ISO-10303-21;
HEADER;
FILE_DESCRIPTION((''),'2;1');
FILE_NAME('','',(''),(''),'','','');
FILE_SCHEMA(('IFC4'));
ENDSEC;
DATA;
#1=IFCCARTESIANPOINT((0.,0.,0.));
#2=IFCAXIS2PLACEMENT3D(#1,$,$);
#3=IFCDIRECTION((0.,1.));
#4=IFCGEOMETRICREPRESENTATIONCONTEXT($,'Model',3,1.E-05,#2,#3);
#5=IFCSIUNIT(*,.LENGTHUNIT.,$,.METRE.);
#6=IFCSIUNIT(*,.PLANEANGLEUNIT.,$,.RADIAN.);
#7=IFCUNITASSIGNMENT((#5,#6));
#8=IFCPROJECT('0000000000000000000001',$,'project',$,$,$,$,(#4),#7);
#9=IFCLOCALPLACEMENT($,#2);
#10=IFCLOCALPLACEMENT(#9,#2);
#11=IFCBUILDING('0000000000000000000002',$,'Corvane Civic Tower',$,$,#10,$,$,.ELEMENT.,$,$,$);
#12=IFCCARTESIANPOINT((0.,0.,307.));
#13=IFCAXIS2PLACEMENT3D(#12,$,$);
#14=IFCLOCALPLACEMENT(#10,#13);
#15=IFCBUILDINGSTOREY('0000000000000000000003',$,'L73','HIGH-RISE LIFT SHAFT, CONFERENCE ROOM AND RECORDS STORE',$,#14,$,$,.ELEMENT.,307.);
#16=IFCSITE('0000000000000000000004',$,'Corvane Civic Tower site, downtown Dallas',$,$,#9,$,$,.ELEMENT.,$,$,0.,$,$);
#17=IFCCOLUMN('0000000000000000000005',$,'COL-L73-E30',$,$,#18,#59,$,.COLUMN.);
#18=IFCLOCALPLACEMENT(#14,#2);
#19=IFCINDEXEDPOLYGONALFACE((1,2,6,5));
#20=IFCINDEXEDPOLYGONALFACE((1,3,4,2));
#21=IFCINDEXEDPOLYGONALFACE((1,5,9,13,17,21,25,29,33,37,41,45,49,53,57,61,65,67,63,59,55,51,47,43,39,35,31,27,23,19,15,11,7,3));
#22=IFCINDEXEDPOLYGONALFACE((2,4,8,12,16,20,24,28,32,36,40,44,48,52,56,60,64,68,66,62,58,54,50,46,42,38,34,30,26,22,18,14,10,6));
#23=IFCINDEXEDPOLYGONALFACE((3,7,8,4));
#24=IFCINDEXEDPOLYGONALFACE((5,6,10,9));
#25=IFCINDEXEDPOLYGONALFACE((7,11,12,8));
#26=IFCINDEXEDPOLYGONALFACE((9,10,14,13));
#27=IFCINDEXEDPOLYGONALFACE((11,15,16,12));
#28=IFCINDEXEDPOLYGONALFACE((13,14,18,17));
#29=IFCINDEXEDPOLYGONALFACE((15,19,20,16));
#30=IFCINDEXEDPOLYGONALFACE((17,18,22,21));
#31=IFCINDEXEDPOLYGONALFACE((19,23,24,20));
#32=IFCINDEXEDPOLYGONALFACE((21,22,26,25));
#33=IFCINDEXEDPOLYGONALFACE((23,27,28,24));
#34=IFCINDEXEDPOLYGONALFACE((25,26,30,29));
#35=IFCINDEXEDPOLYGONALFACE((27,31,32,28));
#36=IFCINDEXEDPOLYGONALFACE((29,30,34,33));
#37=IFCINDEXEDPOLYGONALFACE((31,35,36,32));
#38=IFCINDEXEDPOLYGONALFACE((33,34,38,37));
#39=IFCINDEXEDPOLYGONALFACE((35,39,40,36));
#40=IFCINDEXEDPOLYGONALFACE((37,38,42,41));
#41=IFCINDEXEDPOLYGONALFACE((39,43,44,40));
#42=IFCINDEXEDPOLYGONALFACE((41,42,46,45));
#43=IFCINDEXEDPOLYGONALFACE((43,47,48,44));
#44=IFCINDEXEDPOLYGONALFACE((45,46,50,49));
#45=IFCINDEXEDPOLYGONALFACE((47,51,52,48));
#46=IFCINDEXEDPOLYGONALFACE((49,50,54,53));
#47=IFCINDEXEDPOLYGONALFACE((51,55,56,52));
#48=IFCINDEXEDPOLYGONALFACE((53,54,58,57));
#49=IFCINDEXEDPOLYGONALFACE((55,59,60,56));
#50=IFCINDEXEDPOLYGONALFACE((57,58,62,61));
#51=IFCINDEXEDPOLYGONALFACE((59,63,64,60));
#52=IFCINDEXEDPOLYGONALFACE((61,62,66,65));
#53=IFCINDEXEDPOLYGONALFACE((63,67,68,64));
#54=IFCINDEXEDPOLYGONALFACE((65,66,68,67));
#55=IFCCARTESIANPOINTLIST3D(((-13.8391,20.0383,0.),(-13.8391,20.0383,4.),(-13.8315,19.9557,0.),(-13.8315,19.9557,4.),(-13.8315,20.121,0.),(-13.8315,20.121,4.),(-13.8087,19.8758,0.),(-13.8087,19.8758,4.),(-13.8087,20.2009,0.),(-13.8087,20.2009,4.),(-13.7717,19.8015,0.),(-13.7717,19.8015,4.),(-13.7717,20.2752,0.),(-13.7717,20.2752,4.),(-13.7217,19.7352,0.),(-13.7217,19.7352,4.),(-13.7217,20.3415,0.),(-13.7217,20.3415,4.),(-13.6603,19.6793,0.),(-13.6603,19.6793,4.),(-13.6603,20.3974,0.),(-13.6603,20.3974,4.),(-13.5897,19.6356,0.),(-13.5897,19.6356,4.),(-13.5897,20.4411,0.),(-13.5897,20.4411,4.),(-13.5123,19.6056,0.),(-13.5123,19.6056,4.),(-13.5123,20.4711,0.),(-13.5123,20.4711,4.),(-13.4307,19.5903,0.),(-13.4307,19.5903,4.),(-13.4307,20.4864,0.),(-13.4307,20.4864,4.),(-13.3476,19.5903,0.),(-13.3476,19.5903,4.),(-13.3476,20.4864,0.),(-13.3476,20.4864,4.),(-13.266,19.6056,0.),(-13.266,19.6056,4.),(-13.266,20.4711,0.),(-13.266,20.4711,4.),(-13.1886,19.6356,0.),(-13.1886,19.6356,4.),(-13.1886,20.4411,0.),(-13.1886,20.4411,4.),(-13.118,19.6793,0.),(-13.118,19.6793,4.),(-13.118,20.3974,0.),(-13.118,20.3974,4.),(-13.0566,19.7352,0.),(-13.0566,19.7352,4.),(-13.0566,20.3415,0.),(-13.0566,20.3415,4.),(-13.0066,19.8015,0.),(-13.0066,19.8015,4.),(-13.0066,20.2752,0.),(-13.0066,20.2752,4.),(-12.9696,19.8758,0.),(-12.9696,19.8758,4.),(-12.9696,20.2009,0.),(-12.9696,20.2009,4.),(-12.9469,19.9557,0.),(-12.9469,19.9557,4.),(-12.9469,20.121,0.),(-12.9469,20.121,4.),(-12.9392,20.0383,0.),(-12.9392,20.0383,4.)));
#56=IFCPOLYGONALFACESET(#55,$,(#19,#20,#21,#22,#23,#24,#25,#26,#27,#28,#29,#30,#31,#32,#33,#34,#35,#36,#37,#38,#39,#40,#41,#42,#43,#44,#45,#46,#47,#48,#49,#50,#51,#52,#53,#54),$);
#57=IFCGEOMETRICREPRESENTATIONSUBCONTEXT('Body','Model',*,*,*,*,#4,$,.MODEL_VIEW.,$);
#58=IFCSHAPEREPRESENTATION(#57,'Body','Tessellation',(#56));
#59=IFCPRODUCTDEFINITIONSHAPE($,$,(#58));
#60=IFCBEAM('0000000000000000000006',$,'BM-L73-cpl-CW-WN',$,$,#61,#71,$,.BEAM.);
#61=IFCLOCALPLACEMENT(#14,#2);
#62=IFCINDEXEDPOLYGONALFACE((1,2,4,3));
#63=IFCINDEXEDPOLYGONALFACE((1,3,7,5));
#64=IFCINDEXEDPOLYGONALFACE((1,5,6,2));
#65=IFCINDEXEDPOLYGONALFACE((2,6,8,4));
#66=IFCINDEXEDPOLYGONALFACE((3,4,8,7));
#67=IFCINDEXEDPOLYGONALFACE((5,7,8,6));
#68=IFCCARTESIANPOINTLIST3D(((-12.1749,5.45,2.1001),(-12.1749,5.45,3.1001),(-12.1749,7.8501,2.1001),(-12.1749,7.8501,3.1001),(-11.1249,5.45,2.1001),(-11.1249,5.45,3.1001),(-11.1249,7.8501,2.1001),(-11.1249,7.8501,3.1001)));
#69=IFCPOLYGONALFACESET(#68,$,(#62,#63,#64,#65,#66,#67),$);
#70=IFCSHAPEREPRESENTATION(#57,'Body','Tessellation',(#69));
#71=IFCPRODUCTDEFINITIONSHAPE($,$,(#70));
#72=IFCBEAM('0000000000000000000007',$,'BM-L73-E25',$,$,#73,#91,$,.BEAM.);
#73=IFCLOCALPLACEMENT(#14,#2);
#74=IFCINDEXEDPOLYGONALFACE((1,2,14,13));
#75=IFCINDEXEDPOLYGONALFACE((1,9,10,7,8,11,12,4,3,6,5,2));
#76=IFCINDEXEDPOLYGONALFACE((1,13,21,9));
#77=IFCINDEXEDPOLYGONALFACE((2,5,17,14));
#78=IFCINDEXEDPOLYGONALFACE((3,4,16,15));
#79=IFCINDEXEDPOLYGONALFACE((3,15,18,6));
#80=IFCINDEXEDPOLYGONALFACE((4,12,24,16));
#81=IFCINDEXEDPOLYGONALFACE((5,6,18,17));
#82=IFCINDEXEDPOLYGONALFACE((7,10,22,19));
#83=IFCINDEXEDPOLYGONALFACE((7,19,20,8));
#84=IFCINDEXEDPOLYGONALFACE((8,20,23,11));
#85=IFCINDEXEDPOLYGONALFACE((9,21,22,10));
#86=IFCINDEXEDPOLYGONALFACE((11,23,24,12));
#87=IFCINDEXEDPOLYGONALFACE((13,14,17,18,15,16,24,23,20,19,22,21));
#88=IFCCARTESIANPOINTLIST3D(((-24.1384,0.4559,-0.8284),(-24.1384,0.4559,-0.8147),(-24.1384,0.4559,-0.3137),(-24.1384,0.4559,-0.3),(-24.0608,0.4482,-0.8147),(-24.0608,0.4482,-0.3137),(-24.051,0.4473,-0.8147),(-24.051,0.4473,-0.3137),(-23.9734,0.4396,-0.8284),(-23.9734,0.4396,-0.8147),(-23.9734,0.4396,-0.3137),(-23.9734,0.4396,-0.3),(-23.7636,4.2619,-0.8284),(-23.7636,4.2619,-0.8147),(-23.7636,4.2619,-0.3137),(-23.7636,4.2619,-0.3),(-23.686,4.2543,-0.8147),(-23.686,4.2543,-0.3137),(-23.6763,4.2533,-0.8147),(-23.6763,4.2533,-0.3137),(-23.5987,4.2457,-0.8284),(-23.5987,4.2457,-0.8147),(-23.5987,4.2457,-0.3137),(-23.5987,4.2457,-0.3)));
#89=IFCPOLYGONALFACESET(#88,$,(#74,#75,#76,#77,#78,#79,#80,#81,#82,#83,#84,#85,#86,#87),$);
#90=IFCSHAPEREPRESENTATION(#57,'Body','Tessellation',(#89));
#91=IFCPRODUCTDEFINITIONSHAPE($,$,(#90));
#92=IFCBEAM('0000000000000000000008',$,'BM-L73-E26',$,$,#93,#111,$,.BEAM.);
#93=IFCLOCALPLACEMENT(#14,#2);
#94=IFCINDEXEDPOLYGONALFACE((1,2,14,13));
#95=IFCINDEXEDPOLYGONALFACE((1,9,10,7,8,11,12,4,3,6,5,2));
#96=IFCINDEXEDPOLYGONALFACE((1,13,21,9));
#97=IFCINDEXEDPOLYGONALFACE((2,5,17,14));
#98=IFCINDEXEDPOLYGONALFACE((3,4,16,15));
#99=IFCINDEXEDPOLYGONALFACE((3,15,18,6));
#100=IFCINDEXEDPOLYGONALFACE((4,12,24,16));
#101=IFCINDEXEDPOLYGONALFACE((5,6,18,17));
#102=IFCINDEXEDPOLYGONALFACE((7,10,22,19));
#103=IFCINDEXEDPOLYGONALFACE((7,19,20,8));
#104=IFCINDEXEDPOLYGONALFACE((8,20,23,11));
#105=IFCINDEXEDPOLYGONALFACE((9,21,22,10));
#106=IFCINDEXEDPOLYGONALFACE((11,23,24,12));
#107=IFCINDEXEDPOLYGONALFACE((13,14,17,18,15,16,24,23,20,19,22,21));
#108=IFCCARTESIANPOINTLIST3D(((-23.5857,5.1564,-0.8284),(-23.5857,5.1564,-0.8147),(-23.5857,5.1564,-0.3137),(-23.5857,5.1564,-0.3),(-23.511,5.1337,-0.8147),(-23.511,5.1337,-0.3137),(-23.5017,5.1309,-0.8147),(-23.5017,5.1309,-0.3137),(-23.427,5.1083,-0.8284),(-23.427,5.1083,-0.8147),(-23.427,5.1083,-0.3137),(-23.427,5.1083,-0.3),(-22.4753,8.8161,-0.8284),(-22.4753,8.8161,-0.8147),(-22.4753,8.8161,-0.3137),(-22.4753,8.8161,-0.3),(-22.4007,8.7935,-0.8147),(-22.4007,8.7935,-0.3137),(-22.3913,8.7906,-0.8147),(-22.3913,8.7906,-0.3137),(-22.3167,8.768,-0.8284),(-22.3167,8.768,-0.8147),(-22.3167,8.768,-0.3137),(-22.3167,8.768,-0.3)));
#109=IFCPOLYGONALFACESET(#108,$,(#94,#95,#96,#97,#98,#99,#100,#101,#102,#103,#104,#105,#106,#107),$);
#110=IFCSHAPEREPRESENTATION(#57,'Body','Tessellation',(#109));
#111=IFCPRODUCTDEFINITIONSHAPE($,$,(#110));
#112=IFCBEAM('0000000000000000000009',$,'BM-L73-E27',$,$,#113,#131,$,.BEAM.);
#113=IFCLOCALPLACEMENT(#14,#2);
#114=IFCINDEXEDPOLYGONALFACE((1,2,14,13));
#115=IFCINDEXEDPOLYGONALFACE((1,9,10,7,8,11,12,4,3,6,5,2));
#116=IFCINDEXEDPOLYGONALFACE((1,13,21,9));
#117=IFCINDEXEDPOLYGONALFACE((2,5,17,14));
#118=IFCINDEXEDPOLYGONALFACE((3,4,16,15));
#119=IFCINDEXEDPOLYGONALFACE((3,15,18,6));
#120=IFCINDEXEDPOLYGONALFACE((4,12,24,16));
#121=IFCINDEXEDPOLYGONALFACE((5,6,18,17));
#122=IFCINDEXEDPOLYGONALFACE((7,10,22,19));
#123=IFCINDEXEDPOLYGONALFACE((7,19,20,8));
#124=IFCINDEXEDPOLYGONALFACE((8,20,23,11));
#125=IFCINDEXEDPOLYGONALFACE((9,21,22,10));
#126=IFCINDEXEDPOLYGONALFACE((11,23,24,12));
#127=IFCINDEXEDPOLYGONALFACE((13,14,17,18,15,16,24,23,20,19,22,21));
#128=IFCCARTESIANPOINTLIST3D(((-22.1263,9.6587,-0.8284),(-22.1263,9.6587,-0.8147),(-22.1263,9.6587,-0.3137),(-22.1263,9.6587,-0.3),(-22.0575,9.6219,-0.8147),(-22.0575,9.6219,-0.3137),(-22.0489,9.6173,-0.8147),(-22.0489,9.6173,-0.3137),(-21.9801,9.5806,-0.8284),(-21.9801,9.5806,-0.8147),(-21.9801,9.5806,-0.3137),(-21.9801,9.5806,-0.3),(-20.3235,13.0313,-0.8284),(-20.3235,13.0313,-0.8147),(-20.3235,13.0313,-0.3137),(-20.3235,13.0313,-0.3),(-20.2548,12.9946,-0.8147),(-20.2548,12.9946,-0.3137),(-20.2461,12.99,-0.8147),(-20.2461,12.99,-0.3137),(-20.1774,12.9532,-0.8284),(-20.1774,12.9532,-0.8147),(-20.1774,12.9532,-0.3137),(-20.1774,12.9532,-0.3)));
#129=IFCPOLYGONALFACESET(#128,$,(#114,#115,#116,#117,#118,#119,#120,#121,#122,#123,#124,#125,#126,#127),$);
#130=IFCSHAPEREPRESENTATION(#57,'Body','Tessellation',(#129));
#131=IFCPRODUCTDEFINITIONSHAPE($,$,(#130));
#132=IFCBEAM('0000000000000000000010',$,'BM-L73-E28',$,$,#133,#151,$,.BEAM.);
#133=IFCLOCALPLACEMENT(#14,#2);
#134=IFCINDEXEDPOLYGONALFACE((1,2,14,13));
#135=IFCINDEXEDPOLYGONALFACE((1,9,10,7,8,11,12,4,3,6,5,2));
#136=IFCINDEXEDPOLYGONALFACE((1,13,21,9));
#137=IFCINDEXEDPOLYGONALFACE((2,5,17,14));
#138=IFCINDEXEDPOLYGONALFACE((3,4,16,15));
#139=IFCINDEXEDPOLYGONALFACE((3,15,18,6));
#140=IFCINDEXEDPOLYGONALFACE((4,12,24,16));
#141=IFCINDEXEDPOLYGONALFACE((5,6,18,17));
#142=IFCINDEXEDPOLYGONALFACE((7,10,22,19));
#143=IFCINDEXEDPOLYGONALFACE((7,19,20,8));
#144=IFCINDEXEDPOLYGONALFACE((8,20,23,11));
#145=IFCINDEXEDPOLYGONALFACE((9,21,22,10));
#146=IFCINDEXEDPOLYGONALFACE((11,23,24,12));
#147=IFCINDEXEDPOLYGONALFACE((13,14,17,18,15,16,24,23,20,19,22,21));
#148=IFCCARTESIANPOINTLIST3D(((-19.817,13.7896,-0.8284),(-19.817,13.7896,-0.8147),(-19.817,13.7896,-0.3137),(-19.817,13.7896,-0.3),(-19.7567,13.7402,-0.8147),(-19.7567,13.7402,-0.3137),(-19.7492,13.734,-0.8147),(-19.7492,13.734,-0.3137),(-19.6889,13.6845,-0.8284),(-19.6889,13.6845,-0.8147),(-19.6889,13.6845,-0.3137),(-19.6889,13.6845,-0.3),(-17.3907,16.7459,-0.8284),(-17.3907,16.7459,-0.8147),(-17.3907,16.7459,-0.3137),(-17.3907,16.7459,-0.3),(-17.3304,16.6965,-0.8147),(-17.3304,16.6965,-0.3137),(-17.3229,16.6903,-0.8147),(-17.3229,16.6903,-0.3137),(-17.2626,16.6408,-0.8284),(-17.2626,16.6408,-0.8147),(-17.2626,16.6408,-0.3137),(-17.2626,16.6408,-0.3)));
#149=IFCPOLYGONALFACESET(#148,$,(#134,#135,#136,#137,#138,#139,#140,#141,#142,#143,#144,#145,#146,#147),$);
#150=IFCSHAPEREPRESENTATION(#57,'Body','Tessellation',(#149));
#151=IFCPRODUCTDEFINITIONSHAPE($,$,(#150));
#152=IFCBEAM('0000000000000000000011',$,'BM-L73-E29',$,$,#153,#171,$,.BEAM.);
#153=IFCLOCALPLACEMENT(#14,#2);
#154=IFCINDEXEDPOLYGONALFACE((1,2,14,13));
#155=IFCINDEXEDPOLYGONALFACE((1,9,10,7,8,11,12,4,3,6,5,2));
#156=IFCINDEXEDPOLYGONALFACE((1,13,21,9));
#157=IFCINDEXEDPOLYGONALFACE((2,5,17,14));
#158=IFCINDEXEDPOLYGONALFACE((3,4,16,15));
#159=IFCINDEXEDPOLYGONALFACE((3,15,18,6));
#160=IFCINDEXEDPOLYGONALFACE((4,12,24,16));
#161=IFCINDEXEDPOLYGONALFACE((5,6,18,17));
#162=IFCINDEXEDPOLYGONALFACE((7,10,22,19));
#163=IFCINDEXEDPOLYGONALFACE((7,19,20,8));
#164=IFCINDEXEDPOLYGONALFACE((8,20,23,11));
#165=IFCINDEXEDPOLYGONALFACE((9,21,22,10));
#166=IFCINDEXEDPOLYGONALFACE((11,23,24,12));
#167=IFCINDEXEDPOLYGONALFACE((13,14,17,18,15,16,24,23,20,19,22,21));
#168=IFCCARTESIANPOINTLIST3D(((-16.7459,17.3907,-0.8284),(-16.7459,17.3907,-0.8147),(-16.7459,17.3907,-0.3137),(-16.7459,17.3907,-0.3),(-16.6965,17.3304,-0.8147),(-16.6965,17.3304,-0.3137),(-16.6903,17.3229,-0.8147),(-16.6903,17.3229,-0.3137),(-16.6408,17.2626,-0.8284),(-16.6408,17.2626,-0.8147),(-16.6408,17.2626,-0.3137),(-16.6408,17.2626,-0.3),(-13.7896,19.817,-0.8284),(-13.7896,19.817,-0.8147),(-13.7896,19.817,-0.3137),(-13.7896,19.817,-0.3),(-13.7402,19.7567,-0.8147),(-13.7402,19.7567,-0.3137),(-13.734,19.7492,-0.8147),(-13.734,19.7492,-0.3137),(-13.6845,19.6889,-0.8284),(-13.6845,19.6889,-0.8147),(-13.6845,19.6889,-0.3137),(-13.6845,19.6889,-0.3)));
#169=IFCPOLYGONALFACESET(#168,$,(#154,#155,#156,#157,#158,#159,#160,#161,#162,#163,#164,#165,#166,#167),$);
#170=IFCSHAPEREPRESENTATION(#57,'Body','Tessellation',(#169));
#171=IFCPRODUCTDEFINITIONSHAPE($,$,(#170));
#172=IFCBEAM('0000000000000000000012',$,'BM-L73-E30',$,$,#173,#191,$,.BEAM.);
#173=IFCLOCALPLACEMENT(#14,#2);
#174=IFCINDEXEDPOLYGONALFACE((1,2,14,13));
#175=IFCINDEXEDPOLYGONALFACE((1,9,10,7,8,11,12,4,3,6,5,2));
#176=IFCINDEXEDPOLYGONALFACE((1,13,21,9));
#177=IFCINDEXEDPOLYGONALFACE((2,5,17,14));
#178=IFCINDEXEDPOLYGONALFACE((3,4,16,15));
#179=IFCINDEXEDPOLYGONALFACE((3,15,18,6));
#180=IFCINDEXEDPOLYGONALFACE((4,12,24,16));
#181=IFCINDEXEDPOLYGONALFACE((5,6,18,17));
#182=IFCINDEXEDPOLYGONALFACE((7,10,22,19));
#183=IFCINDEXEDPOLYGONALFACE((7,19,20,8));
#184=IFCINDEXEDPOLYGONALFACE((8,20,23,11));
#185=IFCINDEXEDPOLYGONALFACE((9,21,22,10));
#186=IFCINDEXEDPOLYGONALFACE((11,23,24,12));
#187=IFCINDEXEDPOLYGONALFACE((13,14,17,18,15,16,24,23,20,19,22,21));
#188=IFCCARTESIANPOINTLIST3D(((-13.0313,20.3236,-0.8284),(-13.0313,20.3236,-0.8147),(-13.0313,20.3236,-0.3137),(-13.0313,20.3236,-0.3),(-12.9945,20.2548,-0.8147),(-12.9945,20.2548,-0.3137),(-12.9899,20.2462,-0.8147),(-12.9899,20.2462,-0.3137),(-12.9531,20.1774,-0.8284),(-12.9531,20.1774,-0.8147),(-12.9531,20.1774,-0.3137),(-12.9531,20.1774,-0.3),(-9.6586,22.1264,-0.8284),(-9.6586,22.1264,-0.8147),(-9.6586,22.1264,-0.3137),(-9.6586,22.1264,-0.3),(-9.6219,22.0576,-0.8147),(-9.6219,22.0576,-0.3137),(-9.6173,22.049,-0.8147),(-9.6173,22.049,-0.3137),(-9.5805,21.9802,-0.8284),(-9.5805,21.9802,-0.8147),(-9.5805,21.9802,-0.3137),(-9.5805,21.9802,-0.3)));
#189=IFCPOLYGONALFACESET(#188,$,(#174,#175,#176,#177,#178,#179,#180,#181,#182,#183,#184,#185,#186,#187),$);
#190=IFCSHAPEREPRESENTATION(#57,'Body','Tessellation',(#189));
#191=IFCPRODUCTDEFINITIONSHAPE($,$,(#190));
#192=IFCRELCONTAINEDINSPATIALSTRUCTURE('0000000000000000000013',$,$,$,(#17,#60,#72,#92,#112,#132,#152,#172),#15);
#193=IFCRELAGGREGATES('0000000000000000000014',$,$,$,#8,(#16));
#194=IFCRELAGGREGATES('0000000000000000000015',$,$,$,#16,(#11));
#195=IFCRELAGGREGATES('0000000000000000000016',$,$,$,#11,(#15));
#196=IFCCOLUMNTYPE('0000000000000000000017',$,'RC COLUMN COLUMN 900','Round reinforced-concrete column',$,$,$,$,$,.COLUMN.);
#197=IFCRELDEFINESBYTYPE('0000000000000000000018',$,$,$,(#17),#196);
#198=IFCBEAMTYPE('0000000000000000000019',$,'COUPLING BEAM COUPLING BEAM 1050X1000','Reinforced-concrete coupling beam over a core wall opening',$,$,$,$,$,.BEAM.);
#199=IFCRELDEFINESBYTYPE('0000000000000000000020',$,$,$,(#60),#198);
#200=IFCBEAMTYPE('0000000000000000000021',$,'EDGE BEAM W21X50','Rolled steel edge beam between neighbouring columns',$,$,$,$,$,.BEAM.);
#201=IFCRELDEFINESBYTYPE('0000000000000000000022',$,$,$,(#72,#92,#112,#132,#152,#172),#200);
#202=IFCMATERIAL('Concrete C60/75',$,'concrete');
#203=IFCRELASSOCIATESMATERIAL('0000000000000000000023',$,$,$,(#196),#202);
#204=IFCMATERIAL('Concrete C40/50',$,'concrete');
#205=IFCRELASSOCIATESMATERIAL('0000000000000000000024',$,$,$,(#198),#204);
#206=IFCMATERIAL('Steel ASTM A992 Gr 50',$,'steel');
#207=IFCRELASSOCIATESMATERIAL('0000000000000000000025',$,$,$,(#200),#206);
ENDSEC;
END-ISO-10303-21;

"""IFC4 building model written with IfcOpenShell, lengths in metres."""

from ifc_helpers import new_model, si_unit, direction, frame, origin, origin_2d, place, context, subcontext, project, spatial, rectangle, circle, i_section, extrude, material, material_profile, profile_set, type_object, element, save


model = new_model("IFC4")

# Units and contexts
model_context = context("Model", 3, precision=1e-05, world=origin(), true_north=direction((0.0, 1.0)))
body_context = subcontext(model_context, "Body", "Model", "MODEL_VIEW")
ifc_project = project(units=[si_unit("LENGTHUNIT", "METRE"), si_unit("PLANEANGLEUNIT", "RADIAN")], contexts=[model_context])

# Site, building, storey
site_placement = place(None, origin())
site = spatial("IfcSite", under=ifc_project, at=site_placement, Name="Corvane Civic Tower site, downtown Dallas", CompositionType="ELEMENT", RefElevation=0.0)
building_placement = place(site_placement, origin())
building = spatial("IfcBuilding", under=site, at=building_placement, Name="Corvane Civic Tower", CompositionType="ELEMENT")
storey_placement = place(building_placement, frame((0.0, 0.0, 307.0)))
storey = spatial("IfcBuildingStorey", under=building, at=storey_placement, Name="L73", Description="HIGH-RISE LIFT SHAFT, CONFERENCE ROOM AND RECORDS STORE", CompositionType="ELEMENT", Elevation=307.0)

# Column
ifc_material_1 = material(Name="Concrete C60/75", Category="concrete")
ifc_material_profile_1 = material_profile(ifc_material_1, circle(Radius=0.45, at=origin_2d()), Name="COLUMN 900")
ifc_profile_set_1 = profile_set([ifc_material_profile_1], Name="Concrete C60/75")
column_type = type_object("IfcColumnType", Name="RC COLUMN COLUMN 900", Description="Round reinforced-concrete column", PredefinedType="COLUMN", material=ifc_profile_set_1)
for number, where, z_axis, x_axis, name in (
    (1, (-13.3892, 20.0383, 0.0), (0.0, 0.0, 1.0), (1.0, 0.0, 0.0), "COL-L73-E30"),
):
    element("IfcColumn", number, at=place(storey_placement, frame(where, z_axis=z_axis, x_axis=x_axis)), inside=storey, type_object=column_type, Name=name, PredefinedType="COLUMN", context=body_context, shape_type="SweptSolid", body=[
        extrude(circle(Radius=0.45, at=origin_2d()), origin(), (0.0, 0.0, 1.0), 4.0),
    ])

# Beams
ifc_material_2 = material(Name="Concrete C40/50", Category="concrete")
ifc_material_profile_2 = material_profile(ifc_material_2, rectangle(XDim=1.05, YDim=1.0, at=origin_2d()), Name="COUPLING BEAM 1050X1000")
ifc_profile_set_2 = profile_set([ifc_material_profile_2], Name="Concrete C40/50")
beam_type_1 = type_object("IfcBeamType", Name="COUPLING BEAM COUPLING BEAM 1050X1000", Description="Reinforced-concrete coupling beam over a core wall opening", PredefinedType="BEAM", material=ifc_profile_set_2)
beam_1_placement = place(storey_placement, frame((-11.6499, 5.45, 2.6001), z_axis=(0.0, 1.0, 0.0), x_axis=(-1.0, 0.0, 0.0)))
element("IfcBeam", 2, at=beam_1_placement, inside=storey, type_object=beam_type_1, Name="BM-L73-cpl-CW-WN", PredefinedType="BEAM", context=body_context, shape_type="SweptSolid", body=[
    extrude(rectangle(XDim=1.05, YDim=1.0, at=origin_2d()), origin(), (0.0, 0.0, 1.0), 2.4001),
])
ifc_material_3 = material(Name="Steel ASTM A992 Gr 50", Category="steel")
ifc_material_profile_3 = material_profile(ifc_material_3, i_section(OverallWidth=0.1658, OverallDepth=0.5283, WebThickness=0.0098, FlangeThickness=0.0137, at=origin_2d()), Name="W21X50")
ifc_profile_set_3 = profile_set([ifc_material_profile_3], Name="Steel ASTM A992 Gr 50")
beam_type_2 = type_object("IfcBeamType", Name="EDGE BEAM W21X50", Description="Rolled steel edge beam between neighbouring columns", PredefinedType="BEAM", material=ifc_profile_set_3)
for number, where, z_axis, x_axis, name in (
    (3, (-24.0559, 0.4478, -0.5642), (0.097987, 0.995188, 0.0), (-0.995188, 0.097987, 0.0), "BM-L73-E25"),
    (4, (-23.5063, 5.1323, -0.5642), (0.290333, 0.956926, 0.0), (-0.956926, 0.290333, 0.0), "BM-L73-E26"),
):
    element("IfcBeam", number, at=place(storey_placement, frame(where, z_axis=z_axis, x_axis=x_axis)), inside=storey, type_object=beam_type_2, Name=name, PredefinedType="BEAM", context=body_context, shape_type="SweptSolid", body=[
        extrude(i_section(OverallWidth=0.1658, OverallDepth=0.5283, WebThickness=0.0098, FlangeThickness=0.0137, at=origin_2d()), origin(), (0.0, 0.0, 1.0), 3.8245),
    ])
beam_2_placement = place(storey_placement, frame((-22.0532, 9.6196, -0.5642), z_axis=(0.47141, 0.881914, 0.0), x_axis=(-0.881914, 0.47141, 0.0)))
element("IfcBeam", 5, at=beam_2_placement, inside=storey, type_object=beam_type_2, Name="BM-L73-E27", PredefinedType="BEAM", context=body_context, shape_type="SweptSolid", body=[
    extrude(i_section(OverallWidth=0.1658, OverallDepth=0.5283, WebThickness=0.0098, FlangeThickness=0.0137, at=origin_2d()), origin(), (0.0, 0.0, 1.0), 3.8242),
])
for number, where, z_axis, x_axis, name in (
    (6, (-19.7529, 13.7371, -0.5642), (0.634409, 0.772998, 0.0), (-0.772998, 0.634409, 0.0), "BM-L73-E28"),
    (7, (-16.6934, 17.3267, -0.5642), (0.772998, 0.634409, 0.0), (-0.634409, 0.772998, 0.0), "BM-L73-E29"),
):
    element("IfcBeam", number, at=place(storey_placement, frame(where, z_axis=z_axis, x_axis=x_axis)), inside=storey, type_object=beam_type_2, Name=name, PredefinedType="BEAM", context=body_context, shape_type="SweptSolid", body=[
        extrude(i_section(OverallWidth=0.1658, OverallDepth=0.5283, WebThickness=0.0098, FlangeThickness=0.0137, at=origin_2d()), origin(), (0.0, 0.0, 1.0), 3.8245),
    ])
beam_3_placement = place(storey_placement, frame((-12.9922, 20.2505, -0.5642), z_axis=(0.881914, 0.47141, 0.0), x_axis=(-0.47141, 0.881914, 0.0)))
element("IfcBeam", 8, at=beam_3_placement, inside=storey, type_object=beam_type_2, Name="BM-L73-E30", PredefinedType="BEAM", context=body_context, shape_type="SweptSolid", body=[
    extrude(i_section(OverallWidth=0.1658, OverallDepth=0.5283, WebThickness=0.0098, FlangeThickness=0.0137, at=origin_2d()), origin(), (0.0, 0.0, 1.0), 3.8242),
])

save(model, "model.ifc")
